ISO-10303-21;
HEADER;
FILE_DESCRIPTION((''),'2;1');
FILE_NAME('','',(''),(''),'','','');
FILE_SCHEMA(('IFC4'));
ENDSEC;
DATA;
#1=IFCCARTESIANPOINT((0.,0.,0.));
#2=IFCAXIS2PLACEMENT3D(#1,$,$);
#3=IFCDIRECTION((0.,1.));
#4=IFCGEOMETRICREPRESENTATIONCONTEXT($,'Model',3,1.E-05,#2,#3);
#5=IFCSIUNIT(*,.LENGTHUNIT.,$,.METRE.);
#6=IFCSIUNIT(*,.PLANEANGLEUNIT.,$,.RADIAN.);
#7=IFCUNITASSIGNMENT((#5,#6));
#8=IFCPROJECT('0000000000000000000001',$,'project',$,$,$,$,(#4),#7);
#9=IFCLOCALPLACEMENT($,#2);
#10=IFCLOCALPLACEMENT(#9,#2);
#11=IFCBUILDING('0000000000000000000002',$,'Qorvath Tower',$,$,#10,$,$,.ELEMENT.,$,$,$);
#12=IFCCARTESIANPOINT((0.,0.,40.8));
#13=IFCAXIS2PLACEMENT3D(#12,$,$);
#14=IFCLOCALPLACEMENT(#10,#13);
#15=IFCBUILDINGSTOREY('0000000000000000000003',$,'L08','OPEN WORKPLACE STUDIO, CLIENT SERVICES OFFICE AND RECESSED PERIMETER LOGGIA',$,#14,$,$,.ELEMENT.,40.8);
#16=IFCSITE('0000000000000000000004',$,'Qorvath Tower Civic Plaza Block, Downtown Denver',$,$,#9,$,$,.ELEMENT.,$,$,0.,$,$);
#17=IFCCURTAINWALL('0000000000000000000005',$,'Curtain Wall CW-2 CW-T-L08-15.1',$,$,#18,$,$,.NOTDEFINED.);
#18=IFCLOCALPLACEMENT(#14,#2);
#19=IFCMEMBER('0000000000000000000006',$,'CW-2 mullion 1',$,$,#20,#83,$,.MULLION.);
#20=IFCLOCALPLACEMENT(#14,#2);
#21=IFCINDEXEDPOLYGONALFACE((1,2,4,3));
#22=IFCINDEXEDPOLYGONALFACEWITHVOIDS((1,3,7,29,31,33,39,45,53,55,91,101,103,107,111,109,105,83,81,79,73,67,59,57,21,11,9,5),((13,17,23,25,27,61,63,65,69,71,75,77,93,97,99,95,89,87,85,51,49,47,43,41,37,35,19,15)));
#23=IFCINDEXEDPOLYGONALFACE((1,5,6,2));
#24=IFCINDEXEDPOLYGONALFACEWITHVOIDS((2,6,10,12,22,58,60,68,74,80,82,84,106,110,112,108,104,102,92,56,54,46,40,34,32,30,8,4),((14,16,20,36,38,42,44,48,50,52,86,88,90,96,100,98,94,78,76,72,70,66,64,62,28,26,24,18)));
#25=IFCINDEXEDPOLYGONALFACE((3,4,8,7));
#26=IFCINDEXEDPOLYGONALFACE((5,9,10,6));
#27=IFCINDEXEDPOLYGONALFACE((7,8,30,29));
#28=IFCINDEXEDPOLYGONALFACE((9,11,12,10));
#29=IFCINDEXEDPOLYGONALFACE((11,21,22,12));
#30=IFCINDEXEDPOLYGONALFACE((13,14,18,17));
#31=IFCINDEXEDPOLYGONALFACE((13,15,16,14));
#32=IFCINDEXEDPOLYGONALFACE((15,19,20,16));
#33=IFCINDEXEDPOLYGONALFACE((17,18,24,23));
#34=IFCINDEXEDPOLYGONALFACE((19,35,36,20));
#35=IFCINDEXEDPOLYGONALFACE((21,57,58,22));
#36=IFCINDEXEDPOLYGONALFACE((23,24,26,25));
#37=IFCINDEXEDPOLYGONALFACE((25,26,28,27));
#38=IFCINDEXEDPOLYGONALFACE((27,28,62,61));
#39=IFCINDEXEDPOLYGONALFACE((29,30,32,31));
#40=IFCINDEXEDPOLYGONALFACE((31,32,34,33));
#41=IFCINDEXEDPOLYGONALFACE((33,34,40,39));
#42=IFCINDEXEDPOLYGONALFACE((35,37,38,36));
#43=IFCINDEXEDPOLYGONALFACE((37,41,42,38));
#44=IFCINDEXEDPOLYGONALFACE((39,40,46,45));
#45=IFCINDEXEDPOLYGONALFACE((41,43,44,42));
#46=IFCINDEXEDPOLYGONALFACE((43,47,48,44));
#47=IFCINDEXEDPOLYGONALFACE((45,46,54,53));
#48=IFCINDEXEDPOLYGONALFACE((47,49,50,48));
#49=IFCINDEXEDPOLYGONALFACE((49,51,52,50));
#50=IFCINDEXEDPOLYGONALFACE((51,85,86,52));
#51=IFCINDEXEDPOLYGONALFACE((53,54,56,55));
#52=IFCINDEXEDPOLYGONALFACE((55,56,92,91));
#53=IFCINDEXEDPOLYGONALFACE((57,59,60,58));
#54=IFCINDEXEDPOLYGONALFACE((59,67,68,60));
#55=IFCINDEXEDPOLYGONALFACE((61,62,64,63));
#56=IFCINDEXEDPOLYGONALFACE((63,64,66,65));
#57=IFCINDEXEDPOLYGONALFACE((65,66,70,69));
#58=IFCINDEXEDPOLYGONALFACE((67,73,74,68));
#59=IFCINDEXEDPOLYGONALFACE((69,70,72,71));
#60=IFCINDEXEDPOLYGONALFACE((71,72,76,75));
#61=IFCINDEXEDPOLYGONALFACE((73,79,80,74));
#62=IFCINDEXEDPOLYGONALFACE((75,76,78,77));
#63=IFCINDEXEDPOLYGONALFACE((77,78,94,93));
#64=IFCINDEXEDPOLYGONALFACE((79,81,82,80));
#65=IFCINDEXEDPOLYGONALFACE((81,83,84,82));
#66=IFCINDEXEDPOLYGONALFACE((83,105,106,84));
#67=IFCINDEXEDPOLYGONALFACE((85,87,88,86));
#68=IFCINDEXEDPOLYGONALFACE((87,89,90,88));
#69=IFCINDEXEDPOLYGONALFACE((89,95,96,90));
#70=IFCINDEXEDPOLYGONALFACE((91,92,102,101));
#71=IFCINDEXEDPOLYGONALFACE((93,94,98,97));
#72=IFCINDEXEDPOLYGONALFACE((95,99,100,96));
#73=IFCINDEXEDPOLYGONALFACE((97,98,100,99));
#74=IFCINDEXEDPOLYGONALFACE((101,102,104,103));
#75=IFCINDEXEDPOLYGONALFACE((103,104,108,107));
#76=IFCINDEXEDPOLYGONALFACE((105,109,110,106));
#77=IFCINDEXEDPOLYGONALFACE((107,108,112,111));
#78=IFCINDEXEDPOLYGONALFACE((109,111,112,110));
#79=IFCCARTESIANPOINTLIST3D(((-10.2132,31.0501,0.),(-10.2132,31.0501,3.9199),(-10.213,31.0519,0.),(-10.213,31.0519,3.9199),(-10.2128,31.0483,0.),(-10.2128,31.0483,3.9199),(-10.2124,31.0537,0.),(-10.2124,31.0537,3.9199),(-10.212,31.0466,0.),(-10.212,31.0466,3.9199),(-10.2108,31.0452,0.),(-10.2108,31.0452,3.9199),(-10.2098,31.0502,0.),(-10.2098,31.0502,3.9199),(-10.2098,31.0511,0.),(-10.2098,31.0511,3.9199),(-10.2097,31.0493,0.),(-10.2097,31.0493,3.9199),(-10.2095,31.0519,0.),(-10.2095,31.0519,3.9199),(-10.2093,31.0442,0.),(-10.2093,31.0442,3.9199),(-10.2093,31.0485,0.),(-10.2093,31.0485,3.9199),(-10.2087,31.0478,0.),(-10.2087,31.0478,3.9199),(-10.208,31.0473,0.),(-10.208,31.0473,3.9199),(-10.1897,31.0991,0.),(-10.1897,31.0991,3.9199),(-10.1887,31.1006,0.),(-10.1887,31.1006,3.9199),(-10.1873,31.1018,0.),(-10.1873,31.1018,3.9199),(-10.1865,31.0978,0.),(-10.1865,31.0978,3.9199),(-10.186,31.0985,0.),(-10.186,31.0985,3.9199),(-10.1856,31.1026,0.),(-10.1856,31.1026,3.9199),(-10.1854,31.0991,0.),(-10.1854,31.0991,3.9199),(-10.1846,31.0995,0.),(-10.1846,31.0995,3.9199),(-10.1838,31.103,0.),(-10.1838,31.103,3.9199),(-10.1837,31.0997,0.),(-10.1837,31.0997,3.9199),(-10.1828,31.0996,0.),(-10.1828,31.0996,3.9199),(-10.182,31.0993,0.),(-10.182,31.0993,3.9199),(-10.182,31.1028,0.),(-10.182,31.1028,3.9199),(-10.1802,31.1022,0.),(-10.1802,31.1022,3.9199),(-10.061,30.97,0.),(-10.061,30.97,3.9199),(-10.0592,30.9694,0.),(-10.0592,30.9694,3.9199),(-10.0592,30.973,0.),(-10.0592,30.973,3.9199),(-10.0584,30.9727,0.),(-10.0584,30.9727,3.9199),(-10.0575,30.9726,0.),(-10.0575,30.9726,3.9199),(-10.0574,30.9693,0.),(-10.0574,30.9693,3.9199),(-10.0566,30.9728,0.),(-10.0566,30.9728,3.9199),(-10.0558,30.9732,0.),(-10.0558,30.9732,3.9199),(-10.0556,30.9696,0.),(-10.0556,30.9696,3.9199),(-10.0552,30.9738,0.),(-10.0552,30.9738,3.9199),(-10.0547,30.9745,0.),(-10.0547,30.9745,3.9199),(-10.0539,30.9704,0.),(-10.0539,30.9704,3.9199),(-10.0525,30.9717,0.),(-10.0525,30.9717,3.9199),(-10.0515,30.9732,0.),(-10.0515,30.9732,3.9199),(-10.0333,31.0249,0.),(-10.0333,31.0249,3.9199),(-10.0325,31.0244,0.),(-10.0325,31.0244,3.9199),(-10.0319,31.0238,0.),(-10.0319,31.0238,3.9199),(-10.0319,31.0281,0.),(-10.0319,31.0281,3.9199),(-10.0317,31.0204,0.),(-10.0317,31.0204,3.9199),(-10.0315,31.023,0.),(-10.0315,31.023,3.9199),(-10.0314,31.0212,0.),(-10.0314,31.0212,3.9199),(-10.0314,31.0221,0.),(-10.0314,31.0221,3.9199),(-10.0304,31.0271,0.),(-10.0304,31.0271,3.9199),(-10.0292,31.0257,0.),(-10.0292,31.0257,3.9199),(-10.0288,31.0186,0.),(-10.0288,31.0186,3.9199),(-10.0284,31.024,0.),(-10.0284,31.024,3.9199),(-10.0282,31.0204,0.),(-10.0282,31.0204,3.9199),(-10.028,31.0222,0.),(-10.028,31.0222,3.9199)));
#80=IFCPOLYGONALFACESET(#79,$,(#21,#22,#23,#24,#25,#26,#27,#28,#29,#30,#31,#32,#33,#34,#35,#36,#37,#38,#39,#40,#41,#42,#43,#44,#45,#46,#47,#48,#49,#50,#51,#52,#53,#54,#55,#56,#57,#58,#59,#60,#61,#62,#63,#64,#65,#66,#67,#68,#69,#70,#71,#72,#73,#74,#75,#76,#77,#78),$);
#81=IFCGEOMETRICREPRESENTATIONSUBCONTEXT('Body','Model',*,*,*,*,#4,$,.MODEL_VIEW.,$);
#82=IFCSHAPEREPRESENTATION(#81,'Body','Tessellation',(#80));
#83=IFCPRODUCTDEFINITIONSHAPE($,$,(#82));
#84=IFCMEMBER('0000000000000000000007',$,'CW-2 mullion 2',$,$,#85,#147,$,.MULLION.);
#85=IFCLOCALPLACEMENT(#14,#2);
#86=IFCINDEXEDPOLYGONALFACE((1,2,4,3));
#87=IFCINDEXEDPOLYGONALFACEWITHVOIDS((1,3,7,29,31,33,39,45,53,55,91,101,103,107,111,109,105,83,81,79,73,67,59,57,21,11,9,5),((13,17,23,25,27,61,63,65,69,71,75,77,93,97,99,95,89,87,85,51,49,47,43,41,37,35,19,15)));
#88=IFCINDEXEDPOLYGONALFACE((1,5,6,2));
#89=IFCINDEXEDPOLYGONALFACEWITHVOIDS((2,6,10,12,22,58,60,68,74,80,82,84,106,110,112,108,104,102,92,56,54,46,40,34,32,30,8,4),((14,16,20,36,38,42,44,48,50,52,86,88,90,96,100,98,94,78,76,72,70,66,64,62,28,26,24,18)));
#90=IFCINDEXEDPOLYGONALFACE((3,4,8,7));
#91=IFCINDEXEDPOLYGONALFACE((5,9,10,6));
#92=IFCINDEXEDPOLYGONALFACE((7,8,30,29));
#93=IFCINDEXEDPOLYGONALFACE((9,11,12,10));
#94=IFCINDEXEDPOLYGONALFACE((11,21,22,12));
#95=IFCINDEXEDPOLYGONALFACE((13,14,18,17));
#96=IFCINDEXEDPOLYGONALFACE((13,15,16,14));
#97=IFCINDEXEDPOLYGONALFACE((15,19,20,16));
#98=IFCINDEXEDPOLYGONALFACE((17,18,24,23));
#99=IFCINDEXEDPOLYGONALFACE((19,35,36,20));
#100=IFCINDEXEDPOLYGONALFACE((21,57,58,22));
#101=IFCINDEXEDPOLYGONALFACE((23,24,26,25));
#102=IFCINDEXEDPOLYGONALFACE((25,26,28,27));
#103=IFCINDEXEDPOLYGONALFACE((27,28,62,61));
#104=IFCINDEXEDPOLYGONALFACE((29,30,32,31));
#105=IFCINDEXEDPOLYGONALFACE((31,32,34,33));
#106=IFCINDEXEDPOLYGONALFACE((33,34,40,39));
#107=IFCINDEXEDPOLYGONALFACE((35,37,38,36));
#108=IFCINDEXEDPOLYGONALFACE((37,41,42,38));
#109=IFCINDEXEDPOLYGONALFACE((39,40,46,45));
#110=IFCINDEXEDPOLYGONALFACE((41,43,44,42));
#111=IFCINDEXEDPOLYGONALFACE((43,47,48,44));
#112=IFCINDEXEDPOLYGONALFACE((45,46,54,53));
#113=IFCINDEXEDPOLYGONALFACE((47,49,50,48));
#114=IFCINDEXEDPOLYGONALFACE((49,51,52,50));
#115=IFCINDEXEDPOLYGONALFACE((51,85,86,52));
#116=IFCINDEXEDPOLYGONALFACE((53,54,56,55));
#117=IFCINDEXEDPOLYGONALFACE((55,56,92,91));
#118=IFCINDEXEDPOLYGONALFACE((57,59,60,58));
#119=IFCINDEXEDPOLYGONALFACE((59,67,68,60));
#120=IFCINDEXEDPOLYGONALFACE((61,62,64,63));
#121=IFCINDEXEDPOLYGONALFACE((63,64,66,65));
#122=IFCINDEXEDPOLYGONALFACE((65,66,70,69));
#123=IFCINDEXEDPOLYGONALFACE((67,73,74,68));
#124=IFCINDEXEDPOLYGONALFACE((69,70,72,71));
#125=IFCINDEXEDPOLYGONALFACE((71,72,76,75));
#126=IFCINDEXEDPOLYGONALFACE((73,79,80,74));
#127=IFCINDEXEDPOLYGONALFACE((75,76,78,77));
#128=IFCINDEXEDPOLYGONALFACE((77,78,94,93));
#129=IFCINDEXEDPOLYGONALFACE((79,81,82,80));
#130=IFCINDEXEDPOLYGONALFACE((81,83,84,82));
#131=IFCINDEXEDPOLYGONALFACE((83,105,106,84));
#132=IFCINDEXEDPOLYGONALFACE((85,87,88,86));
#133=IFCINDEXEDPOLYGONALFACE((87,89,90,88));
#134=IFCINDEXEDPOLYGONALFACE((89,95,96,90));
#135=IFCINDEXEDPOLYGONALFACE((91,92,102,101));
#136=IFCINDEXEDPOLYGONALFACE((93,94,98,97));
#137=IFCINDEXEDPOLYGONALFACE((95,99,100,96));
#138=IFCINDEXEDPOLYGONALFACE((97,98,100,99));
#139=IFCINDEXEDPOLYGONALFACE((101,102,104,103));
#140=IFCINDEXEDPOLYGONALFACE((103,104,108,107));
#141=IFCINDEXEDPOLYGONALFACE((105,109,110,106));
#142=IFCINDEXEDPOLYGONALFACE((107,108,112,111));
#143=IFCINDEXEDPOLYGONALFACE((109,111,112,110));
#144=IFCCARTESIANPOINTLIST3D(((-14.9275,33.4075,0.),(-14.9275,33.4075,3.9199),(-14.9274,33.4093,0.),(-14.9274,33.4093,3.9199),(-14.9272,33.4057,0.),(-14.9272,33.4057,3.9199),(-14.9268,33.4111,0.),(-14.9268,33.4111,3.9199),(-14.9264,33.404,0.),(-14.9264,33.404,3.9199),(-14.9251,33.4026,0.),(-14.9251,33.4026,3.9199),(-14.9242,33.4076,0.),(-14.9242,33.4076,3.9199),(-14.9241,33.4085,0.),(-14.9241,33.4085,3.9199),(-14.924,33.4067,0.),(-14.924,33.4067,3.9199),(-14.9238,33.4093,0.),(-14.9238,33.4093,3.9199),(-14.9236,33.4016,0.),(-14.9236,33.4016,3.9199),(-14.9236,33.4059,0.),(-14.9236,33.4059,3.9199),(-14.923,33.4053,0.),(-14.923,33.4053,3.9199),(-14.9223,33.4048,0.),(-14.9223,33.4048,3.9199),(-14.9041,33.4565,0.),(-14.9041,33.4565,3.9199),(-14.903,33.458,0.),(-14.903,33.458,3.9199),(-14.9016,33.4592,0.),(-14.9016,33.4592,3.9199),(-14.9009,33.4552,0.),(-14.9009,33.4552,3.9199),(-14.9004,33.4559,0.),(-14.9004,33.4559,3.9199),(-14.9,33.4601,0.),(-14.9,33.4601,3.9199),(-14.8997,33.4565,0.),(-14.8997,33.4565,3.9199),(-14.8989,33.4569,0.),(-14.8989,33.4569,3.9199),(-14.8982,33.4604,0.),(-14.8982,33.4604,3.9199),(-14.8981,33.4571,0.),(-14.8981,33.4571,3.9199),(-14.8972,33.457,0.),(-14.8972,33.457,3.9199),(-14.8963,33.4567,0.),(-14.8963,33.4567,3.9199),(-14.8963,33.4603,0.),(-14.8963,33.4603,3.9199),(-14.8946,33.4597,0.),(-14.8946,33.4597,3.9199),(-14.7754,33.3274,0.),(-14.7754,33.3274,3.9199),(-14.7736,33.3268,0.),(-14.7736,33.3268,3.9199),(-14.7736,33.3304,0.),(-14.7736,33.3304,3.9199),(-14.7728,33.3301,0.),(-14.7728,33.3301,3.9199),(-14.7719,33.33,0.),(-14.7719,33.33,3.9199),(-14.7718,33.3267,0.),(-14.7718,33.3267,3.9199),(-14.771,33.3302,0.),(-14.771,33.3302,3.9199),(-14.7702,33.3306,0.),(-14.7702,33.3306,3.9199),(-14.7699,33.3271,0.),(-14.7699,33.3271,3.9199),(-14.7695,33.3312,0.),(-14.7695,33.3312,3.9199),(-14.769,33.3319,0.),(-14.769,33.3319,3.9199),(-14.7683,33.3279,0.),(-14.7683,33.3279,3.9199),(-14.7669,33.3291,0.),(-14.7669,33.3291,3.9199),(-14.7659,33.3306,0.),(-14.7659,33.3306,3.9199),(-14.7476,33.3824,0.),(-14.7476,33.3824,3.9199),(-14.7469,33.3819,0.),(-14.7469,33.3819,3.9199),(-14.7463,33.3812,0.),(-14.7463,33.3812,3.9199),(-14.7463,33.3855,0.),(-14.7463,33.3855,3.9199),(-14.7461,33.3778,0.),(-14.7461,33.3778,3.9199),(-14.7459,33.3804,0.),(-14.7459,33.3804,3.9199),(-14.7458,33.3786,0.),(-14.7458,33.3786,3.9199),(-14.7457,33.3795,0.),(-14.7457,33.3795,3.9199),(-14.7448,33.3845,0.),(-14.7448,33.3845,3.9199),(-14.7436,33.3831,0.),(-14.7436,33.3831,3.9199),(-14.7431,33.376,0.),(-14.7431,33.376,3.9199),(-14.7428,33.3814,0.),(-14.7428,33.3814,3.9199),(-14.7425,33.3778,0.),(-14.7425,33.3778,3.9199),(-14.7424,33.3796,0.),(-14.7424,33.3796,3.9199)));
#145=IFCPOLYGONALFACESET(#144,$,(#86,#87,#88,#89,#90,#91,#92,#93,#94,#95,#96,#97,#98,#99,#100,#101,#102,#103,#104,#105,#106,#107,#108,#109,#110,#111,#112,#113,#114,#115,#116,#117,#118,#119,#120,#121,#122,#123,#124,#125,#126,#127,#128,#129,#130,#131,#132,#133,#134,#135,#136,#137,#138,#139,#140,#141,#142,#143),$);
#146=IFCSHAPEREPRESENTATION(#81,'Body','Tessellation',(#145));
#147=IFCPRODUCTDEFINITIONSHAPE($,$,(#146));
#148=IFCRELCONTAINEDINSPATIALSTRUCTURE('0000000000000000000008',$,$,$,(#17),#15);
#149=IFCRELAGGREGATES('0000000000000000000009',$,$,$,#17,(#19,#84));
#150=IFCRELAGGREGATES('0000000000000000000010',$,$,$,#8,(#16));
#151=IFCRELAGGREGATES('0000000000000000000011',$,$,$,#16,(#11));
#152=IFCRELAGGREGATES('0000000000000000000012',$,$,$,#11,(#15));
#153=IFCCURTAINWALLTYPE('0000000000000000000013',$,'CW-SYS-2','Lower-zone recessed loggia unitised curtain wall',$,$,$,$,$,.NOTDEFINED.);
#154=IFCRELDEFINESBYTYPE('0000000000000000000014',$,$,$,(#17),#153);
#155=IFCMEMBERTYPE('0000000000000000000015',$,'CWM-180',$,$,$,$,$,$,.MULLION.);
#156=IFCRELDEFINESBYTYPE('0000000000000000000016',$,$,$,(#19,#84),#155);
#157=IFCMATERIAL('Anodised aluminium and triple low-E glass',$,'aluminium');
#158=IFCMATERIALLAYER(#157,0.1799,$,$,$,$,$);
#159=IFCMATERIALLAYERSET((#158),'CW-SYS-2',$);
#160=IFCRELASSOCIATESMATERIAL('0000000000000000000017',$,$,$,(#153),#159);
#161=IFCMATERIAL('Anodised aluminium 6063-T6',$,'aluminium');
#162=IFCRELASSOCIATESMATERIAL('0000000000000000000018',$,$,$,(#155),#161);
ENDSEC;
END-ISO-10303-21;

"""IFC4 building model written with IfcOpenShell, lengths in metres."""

from ifc_helpers import new_model, si_unit, direction, frame, origin, origin_2d, place, context, subcontext, project, spatial, hollow_rectangle, extrude, material, layer, layer_set, material_profile, profile_set, type_object, element, aggregate, save


model = new_model("IFC4")

# Units and contexts
model_context = context("Model", 3, precision=1e-05, world=origin(), true_north=direction((0.0, 1.0)))
body_context = subcontext(model_context, "Body", "Model", "MODEL_VIEW")
ifc_project = project(units=[si_unit("LENGTHUNIT", "METRE"), si_unit("PLANEANGLEUNIT", "RADIAN")], contexts=[model_context])

# Site, building, storey
site_placement = place(None, origin())
site = spatial("IfcSite", under=ifc_project, at=site_placement, Name="Qorvath Tower Civic Plaza Block, Downtown Denver", CompositionType="ELEMENT", RefElevation=0.0)
building_placement = place(site_placement, origin())
building = spatial("IfcBuilding", under=site, at=building_placement, Name="Qorvath Tower", CompositionType="ELEMENT")
storey_placement = place(building_placement, frame((0.0, 0.0, 40.8)))
storey = spatial("IfcBuildingStorey", under=building, at=storey_placement, Name="L08", Description="OPEN WORKPLACE STUDIO, CLIENT SERVICES OFFICE AND RECESSED PERIMETER LOGGIA", CompositionType="ELEMENT", Elevation=40.8)

# Curtain wall, members
ifc_material_1 = material(Name="Anodised aluminium and triple low-E glass", Category="aluminium")
ifc_layer_1 = layer(ifc_material_1, 0.1799)
ifc_layer_set_1 = layer_set([ifc_layer_1], Name="CW-SYS-2")
curtain_wall_type = type_object("IfcCurtainWallType", Name="CW-SYS-2", Description="Lower-zone recessed loggia unitised curtain wall", PredefinedType="NOTDEFINED", material=ifc_layer_set_1)
ifc_material_2 = material(Name="Anodised aluminium 6063-T6", Category="aluminium")
ifc_material_profile_1 = material_profile(ifc_material_2, hollow_rectangle(XDim=0.0649, YDim=0.1799, WallThickness=0.0034, InnerFilletRadius=0.0034, OuterFilletRadius=0.0071, at=origin_2d()), Name="CWM 180x65")
ifc_profile_set_1 = profile_set([ifc_material_profile_1], Name="Anodised aluminium 6063-T6")
member_type_1 = type_object("IfcMemberType", Name="CWM-180", PredefinedType="MULLION", material=ifc_profile_set_1)
curtain_wall_1_placement = place(storey_placement, origin())
curtain_wall_1 = element("IfcCurtainWall", 1, at=curtain_wall_1_placement, inside=storey, type_object=curtain_wall_type, Name="Curtain Wall CW-2 CW-T-L08-15.1", PredefinedType="NOTDEFINED")
member_1_placement = place(storey_placement, frame((-10.1206, 31.0361, 0.0), z_axis=(0.0, 0.0, 1.0), x_axis=(-0.447259, -0.894405, 0.0)))
member_1 = element("IfcMember", 2, at=member_1_placement, type_object=member_type_1, Name="CW-2 mullion 1", PredefinedType="MULLION", context=body_context, shape_type="SweptSolid", body=[
    extrude(hollow_rectangle(XDim=0.0649, YDim=0.1799, WallThickness=0.0034, InnerFilletRadius=0.0034, OuterFilletRadius=0.0071, at=origin_2d()), origin(), (0.0, 0.0, 1.0), 3.9199),
])
member_2_placement = place(storey_placement, frame((-14.835, 33.3936, 0.0), z_axis=(0.0, 0.0, 1.0), x_axis=(-0.447259, -0.894405, 0.0)))
member_2 = element("IfcMember", 3, at=member_2_placement, type_object=member_type_1, Name="CW-2 mullion 2", PredefinedType="MULLION", context=body_context, shape_type="SweptSolid", body=[
    extrude(hollow_rectangle(XDim=0.0649, YDim=0.1799, WallThickness=0.0034, InnerFilletRadius=0.0034, OuterFilletRadius=0.0071, at=origin_2d()), origin(), (0.0, 0.0, 1.0), 3.9199),
])

aggregate(curtain_wall_1, [member_1, member_2])

save(model, "model.ifc")
